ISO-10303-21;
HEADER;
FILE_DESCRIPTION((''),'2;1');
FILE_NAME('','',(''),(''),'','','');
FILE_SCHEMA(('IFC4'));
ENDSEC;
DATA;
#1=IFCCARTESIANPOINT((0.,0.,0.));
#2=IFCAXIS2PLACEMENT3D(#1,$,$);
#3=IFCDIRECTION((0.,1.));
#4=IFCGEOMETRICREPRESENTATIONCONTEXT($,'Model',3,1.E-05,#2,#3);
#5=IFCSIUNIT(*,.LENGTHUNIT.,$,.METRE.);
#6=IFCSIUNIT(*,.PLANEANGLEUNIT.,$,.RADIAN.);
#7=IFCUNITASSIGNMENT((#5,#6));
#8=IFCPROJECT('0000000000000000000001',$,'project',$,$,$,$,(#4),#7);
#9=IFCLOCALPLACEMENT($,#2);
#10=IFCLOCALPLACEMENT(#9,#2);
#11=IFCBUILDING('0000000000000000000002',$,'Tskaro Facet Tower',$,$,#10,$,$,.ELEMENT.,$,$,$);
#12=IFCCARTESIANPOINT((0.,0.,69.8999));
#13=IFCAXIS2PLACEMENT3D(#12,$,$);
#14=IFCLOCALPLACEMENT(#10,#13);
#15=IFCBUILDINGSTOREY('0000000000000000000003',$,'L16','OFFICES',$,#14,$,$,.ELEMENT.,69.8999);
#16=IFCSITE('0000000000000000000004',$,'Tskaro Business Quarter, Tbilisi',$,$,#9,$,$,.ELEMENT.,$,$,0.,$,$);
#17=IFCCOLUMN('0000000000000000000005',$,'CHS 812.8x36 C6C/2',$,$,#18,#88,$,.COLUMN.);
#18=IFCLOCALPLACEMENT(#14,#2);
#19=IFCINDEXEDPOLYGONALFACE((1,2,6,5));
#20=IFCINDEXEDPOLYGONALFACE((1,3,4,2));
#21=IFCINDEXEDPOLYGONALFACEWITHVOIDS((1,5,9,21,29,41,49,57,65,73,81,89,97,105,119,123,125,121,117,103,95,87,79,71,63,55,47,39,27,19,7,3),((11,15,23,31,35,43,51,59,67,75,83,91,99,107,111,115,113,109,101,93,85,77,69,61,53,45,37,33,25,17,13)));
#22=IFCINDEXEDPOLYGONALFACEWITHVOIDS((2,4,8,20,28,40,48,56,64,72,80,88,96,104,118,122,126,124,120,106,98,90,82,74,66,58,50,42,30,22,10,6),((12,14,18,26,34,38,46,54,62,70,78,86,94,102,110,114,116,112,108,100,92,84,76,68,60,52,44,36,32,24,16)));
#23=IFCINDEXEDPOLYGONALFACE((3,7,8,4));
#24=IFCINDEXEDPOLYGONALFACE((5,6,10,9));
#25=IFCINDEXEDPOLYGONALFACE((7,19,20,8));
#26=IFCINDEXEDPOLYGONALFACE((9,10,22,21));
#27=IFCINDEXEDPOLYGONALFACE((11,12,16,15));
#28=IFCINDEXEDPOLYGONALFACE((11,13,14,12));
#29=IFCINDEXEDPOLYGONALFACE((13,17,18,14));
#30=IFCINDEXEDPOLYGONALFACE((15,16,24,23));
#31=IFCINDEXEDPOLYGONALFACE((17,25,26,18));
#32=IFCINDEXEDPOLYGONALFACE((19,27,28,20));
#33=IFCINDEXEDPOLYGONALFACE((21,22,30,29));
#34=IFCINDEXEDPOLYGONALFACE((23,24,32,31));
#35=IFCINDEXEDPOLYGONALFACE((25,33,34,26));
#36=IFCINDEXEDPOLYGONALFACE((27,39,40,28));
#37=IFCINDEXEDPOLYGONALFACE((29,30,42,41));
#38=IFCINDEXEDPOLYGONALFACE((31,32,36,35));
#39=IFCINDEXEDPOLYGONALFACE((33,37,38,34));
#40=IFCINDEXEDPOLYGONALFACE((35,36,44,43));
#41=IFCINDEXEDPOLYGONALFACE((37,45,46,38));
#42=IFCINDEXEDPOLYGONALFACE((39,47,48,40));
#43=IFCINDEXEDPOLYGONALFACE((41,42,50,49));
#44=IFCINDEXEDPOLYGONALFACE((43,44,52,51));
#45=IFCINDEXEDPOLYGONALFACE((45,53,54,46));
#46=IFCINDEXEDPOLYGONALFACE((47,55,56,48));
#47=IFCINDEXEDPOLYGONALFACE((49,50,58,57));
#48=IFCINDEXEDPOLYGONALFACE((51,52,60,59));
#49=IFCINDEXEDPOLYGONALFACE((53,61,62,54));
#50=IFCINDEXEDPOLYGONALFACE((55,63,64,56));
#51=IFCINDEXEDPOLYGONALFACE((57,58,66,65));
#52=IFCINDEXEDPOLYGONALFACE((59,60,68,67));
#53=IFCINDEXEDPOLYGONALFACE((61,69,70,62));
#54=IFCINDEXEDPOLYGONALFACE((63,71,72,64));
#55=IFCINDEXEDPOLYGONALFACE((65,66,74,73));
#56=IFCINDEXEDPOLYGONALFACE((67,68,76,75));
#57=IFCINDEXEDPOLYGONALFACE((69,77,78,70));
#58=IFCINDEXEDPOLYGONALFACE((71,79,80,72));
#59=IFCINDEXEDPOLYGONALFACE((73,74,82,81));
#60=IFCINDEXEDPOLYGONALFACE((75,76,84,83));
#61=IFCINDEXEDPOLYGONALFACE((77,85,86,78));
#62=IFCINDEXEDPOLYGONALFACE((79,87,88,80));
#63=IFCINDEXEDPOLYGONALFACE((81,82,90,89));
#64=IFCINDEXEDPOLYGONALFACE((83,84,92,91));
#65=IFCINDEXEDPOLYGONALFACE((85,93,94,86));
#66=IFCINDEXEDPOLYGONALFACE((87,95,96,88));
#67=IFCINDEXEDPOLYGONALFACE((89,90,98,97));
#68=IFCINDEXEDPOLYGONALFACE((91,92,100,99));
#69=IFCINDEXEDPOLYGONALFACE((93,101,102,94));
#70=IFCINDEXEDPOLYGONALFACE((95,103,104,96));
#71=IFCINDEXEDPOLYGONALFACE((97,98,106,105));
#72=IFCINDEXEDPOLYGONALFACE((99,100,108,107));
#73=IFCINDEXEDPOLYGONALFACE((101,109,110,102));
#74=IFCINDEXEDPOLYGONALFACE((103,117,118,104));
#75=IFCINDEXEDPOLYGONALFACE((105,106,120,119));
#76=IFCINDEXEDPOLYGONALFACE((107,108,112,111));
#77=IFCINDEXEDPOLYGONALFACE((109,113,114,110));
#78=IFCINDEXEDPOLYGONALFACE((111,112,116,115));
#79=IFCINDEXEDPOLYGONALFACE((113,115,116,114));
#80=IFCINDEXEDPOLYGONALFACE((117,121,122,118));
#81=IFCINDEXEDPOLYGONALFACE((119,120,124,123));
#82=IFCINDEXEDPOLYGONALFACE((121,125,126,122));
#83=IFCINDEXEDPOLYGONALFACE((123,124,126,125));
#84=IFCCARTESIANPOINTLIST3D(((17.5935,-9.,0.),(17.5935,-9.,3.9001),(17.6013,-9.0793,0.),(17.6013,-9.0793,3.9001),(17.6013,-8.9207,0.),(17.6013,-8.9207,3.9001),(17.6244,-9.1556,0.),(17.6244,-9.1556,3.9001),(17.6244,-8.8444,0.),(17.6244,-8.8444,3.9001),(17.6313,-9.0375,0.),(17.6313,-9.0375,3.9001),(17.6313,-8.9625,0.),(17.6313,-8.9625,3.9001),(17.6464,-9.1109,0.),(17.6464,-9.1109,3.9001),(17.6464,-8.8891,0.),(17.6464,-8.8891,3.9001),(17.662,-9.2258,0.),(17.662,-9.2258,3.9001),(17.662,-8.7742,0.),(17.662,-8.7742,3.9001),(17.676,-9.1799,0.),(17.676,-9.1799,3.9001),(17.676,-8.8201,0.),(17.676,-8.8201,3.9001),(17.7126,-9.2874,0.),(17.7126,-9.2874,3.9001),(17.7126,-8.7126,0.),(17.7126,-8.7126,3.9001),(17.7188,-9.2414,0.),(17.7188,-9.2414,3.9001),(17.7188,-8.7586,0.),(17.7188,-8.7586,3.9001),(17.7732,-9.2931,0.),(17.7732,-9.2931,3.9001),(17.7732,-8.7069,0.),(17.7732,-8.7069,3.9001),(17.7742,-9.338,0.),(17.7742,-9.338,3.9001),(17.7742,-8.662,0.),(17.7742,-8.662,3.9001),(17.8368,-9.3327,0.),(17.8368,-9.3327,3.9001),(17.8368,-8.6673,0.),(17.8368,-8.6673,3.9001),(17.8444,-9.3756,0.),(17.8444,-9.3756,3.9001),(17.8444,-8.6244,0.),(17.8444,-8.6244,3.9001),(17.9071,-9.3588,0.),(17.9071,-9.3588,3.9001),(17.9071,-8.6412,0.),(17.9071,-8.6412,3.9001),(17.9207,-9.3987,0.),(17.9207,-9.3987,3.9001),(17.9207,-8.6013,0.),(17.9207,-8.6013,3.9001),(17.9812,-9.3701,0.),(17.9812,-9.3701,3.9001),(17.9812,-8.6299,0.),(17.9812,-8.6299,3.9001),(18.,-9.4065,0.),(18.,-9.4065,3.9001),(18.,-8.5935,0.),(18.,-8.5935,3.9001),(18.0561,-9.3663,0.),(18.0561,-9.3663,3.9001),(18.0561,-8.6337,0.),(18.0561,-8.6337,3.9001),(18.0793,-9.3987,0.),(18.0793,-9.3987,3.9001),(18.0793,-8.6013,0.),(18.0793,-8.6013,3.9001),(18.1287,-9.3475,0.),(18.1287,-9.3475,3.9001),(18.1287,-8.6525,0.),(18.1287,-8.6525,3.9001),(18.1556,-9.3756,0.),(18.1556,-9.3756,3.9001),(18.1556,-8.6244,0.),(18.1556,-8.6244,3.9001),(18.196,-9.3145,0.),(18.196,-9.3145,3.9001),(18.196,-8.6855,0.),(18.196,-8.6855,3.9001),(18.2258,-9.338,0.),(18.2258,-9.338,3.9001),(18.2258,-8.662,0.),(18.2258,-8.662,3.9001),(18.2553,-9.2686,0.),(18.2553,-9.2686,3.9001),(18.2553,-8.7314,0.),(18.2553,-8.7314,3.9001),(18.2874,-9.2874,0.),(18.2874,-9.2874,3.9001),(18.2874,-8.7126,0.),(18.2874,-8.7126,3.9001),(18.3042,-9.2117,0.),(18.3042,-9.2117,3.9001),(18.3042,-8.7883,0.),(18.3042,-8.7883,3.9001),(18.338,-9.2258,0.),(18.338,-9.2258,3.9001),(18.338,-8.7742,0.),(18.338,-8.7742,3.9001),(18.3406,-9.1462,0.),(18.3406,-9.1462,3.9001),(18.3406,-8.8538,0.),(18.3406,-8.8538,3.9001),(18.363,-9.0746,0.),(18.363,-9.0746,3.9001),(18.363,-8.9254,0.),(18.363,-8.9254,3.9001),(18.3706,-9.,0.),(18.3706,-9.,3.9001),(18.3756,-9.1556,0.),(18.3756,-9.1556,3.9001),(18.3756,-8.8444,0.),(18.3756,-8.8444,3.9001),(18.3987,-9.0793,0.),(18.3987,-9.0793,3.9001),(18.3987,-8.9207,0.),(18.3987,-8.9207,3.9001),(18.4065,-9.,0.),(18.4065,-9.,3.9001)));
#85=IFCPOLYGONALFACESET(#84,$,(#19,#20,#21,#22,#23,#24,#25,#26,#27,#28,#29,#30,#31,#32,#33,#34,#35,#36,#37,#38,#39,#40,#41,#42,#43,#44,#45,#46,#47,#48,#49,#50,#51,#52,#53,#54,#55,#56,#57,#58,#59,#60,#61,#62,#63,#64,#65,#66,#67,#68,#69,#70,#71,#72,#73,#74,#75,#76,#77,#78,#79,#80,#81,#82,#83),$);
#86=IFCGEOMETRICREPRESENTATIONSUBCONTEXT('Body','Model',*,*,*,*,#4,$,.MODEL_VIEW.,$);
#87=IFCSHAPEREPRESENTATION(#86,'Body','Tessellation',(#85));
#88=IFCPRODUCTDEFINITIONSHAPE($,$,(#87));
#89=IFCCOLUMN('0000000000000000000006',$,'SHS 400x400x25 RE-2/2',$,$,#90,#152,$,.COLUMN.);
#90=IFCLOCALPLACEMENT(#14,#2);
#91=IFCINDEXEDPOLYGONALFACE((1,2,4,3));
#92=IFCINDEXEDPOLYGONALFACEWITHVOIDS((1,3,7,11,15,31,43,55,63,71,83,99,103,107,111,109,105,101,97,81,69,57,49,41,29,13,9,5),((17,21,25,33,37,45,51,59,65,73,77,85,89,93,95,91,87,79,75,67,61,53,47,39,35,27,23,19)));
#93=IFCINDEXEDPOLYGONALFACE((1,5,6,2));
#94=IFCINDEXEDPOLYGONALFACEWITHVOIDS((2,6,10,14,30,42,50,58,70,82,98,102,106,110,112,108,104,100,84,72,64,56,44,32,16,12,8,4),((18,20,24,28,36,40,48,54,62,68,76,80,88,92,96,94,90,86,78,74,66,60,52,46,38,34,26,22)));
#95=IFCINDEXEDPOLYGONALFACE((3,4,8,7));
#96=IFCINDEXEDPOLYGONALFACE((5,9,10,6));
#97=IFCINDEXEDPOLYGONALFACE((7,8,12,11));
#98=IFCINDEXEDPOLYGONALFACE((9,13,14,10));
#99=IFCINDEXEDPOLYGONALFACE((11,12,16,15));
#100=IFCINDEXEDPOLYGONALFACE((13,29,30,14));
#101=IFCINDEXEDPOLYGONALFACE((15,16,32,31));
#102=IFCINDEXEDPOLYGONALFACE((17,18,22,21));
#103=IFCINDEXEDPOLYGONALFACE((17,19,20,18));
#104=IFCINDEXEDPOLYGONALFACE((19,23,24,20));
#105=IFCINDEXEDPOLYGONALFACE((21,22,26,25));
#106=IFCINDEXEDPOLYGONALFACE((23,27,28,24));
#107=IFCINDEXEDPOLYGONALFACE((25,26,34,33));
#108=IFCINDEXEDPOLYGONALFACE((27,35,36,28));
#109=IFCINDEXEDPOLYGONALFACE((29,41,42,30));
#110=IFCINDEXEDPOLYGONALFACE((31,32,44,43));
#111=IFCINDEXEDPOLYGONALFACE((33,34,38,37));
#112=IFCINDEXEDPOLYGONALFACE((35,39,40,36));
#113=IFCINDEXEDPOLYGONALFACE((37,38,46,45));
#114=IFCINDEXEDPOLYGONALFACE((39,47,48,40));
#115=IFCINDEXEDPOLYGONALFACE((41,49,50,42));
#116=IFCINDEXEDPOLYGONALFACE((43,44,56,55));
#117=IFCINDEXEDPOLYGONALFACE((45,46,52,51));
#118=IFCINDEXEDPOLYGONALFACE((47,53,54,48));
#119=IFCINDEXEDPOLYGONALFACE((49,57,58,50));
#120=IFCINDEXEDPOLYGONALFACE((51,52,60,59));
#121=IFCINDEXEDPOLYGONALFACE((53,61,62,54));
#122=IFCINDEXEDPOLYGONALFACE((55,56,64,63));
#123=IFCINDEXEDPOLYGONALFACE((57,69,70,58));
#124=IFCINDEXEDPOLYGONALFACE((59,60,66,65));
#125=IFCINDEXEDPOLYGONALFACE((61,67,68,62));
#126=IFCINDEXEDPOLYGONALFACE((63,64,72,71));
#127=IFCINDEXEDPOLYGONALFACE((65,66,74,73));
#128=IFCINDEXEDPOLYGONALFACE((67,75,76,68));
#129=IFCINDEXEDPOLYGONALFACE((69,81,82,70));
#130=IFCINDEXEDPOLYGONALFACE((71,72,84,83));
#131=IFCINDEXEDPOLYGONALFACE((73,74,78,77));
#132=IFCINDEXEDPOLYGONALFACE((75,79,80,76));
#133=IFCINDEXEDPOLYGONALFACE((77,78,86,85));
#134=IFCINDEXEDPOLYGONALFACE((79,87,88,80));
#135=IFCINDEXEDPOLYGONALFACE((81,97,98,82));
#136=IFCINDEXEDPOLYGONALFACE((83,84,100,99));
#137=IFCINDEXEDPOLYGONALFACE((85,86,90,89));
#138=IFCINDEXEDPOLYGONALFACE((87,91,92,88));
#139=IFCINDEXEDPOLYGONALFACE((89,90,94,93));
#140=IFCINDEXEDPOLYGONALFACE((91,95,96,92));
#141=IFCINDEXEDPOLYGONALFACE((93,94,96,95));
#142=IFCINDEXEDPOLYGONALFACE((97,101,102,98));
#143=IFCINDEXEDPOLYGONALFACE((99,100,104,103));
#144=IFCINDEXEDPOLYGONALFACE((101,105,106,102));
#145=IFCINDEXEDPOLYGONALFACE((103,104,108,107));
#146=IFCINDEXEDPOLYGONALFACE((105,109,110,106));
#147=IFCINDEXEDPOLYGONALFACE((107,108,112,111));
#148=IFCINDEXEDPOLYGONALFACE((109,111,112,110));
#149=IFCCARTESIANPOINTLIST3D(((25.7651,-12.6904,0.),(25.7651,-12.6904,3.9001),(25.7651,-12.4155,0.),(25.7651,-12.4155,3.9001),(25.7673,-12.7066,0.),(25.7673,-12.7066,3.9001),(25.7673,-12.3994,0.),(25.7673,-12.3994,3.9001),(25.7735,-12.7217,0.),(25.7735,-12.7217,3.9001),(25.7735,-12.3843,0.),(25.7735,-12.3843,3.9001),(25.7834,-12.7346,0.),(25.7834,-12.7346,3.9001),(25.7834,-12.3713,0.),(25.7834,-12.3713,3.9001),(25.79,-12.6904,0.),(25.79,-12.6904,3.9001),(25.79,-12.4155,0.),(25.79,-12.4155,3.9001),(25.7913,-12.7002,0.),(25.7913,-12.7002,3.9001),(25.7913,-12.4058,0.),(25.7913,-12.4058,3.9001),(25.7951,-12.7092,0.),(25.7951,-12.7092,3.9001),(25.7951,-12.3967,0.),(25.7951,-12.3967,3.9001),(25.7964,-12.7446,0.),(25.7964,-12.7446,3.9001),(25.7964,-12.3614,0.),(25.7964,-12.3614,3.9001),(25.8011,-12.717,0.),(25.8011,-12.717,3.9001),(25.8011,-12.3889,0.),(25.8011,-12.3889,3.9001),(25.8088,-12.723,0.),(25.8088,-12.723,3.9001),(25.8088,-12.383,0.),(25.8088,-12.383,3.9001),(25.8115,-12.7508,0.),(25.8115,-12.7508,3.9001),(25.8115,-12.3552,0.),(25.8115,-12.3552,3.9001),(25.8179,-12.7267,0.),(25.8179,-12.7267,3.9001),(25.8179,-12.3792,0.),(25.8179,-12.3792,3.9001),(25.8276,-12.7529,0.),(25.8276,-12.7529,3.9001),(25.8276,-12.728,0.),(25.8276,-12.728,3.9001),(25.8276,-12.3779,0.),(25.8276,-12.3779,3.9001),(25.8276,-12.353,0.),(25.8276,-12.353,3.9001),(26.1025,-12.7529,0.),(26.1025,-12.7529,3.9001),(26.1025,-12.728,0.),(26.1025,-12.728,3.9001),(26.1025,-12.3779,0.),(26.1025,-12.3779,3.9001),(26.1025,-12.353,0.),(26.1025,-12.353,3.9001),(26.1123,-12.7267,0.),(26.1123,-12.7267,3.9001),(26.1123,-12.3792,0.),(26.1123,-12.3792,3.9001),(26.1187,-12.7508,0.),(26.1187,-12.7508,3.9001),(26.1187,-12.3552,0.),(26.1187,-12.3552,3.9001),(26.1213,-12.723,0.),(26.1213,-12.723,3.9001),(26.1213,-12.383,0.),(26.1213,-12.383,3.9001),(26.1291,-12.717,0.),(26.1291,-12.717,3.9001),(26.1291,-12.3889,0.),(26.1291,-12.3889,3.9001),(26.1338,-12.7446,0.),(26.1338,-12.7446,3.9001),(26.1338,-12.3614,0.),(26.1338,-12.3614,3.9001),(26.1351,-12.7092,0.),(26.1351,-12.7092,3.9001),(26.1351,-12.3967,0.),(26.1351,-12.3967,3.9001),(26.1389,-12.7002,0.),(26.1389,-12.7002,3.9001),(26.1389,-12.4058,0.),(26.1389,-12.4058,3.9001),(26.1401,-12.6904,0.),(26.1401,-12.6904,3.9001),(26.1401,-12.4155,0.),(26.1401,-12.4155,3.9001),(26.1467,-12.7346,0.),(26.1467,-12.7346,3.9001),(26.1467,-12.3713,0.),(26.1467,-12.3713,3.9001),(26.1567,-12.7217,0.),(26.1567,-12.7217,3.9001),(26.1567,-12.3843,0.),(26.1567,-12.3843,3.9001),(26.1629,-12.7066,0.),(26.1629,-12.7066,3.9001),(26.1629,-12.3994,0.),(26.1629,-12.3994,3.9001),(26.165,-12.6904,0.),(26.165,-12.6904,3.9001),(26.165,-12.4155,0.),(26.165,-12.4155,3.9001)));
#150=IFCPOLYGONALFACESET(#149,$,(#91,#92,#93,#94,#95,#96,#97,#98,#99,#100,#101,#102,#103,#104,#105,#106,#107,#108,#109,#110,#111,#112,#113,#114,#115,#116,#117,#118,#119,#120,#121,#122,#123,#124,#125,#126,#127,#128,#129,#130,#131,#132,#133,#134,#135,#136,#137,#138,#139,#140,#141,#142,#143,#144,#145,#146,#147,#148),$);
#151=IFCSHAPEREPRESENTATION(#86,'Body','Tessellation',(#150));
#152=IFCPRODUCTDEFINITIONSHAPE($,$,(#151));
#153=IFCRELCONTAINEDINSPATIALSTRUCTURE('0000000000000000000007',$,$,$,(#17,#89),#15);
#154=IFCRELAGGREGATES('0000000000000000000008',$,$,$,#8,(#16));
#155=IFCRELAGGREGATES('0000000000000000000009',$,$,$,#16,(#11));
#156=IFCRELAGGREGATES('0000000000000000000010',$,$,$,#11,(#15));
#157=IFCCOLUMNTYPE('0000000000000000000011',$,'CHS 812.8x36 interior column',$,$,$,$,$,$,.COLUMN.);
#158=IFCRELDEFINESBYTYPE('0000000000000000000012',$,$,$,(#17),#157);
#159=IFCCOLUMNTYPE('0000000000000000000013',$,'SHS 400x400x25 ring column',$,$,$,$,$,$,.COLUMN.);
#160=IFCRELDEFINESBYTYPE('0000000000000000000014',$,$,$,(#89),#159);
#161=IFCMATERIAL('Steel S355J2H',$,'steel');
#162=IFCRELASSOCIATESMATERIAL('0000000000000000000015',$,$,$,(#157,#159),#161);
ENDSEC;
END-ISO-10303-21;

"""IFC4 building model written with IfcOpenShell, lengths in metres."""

from ifc_helpers import new_model, si_unit, direction, frame, origin, origin_2d, place, context, subcontext, project, spatial, hollow_rectangle, hollow_circle, extrude, material, material_profile, profile_set, type_object, element, save


model = new_model("IFC4")

# Units and contexts
model_context = context("Model", 3, precision=1e-05, world=origin(), true_north=direction((0.0, 1.0)))
body_context = subcontext(model_context, "Body", "Model", "MODEL_VIEW")
ifc_project = project(units=[si_unit("LENGTHUNIT", "METRE"), si_unit("PLANEANGLEUNIT", "RADIAN")], contexts=[model_context])

# Site, building, storey
site_placement = place(None, origin())
site = spatial("IfcSite", under=ifc_project, at=site_placement, Name="Tskaro Business Quarter, Tbilisi", CompositionType="ELEMENT", RefElevation=0.0)
building_placement = place(site_placement, origin())
building = spatial("IfcBuilding", under=site, at=building_placement, Name="Tskaro Facet Tower", CompositionType="ELEMENT")
storey_placement = place(building_placement, frame((0.0, 0.0, 69.8999)))
storey = spatial("IfcBuildingStorey", under=building, at=storey_placement, Name="L16", Description="OFFICES", CompositionType="ELEMENT", Elevation=69.8999)

# Columns
ifc_material_1 = material(Name="Steel S355J2H", Category="steel")
ifc_material_profile_1 = material_profile(ifc_material_1, hollow_circle(Radius=0.4065, WallThickness=0.0359, at=origin_2d()), Name="CHS 812.8x36")
ifc_profile_set_1 = profile_set([ifc_material_profile_1], Name="Steel S355J2H")
column_type_1 = type_object("IfcColumnType", Name="CHS 812.8x36 interior column", PredefinedType="COLUMN", material=ifc_profile_set_1)
column_placement = place(storey_placement, frame((18.0, -9.0, 0.0), z_axis=(0.0, 0.0, 1.0), x_axis=(1.0, 0.0, 0.0)))
element("IfcColumn", 1, at=column_placement, inside=storey, type_object=column_type_1, Name="CHS 812.8x36 C6C/2", PredefinedType="COLUMN", context=body_context, shape_type="SweptSolid", body=[
    extrude(hollow_circle(Radius=0.4065, WallThickness=0.0359, at=origin_2d()), origin(), (0.0, 0.0, 1.0), 3.9001),
])
ifc_material_profile_2 = material_profile(ifc_material_1, hollow_rectangle(XDim=0.3999, YDim=0.3999, WallThickness=0.0249, InnerFilletRadius=0.0376, OuterFilletRadius=0.0625, at=origin_2d()), Name="SHS 400x400x25")
ifc_profile_set_2 = profile_set([ifc_material_profile_2], Name="Steel S355J2H")
column_type_2 = type_object("IfcColumnType", Name="SHS 400x400x25 ring column", PredefinedType="COLUMN", material=ifc_profile_set_2)
for number, where, z_axis, x_axis, name in (
    (2, (25.9651, -12.553, 0.0), (0.0, 0.0, 1.0), (1.0, 0.0, 0.0), "SHS 400x400x25 RE-2/2"),
):
    element("IfcColumn", number, at=place(storey_placement, frame(where, z_axis=z_axis, x_axis=x_axis)), inside=storey, type_object=column_type_2, Name=name, PredefinedType="COLUMN", context=body_context, shape_type="SweptSolid", body=[
        extrude(hollow_rectangle(XDim=0.3999, YDim=0.3999, WallThickness=0.0249, InnerFilletRadius=0.0376, OuterFilletRadius=0.0625, at=origin_2d()), origin(), (0.0, 0.0, 1.0), 3.9001),
    ])

save(model, "model.ifc")
